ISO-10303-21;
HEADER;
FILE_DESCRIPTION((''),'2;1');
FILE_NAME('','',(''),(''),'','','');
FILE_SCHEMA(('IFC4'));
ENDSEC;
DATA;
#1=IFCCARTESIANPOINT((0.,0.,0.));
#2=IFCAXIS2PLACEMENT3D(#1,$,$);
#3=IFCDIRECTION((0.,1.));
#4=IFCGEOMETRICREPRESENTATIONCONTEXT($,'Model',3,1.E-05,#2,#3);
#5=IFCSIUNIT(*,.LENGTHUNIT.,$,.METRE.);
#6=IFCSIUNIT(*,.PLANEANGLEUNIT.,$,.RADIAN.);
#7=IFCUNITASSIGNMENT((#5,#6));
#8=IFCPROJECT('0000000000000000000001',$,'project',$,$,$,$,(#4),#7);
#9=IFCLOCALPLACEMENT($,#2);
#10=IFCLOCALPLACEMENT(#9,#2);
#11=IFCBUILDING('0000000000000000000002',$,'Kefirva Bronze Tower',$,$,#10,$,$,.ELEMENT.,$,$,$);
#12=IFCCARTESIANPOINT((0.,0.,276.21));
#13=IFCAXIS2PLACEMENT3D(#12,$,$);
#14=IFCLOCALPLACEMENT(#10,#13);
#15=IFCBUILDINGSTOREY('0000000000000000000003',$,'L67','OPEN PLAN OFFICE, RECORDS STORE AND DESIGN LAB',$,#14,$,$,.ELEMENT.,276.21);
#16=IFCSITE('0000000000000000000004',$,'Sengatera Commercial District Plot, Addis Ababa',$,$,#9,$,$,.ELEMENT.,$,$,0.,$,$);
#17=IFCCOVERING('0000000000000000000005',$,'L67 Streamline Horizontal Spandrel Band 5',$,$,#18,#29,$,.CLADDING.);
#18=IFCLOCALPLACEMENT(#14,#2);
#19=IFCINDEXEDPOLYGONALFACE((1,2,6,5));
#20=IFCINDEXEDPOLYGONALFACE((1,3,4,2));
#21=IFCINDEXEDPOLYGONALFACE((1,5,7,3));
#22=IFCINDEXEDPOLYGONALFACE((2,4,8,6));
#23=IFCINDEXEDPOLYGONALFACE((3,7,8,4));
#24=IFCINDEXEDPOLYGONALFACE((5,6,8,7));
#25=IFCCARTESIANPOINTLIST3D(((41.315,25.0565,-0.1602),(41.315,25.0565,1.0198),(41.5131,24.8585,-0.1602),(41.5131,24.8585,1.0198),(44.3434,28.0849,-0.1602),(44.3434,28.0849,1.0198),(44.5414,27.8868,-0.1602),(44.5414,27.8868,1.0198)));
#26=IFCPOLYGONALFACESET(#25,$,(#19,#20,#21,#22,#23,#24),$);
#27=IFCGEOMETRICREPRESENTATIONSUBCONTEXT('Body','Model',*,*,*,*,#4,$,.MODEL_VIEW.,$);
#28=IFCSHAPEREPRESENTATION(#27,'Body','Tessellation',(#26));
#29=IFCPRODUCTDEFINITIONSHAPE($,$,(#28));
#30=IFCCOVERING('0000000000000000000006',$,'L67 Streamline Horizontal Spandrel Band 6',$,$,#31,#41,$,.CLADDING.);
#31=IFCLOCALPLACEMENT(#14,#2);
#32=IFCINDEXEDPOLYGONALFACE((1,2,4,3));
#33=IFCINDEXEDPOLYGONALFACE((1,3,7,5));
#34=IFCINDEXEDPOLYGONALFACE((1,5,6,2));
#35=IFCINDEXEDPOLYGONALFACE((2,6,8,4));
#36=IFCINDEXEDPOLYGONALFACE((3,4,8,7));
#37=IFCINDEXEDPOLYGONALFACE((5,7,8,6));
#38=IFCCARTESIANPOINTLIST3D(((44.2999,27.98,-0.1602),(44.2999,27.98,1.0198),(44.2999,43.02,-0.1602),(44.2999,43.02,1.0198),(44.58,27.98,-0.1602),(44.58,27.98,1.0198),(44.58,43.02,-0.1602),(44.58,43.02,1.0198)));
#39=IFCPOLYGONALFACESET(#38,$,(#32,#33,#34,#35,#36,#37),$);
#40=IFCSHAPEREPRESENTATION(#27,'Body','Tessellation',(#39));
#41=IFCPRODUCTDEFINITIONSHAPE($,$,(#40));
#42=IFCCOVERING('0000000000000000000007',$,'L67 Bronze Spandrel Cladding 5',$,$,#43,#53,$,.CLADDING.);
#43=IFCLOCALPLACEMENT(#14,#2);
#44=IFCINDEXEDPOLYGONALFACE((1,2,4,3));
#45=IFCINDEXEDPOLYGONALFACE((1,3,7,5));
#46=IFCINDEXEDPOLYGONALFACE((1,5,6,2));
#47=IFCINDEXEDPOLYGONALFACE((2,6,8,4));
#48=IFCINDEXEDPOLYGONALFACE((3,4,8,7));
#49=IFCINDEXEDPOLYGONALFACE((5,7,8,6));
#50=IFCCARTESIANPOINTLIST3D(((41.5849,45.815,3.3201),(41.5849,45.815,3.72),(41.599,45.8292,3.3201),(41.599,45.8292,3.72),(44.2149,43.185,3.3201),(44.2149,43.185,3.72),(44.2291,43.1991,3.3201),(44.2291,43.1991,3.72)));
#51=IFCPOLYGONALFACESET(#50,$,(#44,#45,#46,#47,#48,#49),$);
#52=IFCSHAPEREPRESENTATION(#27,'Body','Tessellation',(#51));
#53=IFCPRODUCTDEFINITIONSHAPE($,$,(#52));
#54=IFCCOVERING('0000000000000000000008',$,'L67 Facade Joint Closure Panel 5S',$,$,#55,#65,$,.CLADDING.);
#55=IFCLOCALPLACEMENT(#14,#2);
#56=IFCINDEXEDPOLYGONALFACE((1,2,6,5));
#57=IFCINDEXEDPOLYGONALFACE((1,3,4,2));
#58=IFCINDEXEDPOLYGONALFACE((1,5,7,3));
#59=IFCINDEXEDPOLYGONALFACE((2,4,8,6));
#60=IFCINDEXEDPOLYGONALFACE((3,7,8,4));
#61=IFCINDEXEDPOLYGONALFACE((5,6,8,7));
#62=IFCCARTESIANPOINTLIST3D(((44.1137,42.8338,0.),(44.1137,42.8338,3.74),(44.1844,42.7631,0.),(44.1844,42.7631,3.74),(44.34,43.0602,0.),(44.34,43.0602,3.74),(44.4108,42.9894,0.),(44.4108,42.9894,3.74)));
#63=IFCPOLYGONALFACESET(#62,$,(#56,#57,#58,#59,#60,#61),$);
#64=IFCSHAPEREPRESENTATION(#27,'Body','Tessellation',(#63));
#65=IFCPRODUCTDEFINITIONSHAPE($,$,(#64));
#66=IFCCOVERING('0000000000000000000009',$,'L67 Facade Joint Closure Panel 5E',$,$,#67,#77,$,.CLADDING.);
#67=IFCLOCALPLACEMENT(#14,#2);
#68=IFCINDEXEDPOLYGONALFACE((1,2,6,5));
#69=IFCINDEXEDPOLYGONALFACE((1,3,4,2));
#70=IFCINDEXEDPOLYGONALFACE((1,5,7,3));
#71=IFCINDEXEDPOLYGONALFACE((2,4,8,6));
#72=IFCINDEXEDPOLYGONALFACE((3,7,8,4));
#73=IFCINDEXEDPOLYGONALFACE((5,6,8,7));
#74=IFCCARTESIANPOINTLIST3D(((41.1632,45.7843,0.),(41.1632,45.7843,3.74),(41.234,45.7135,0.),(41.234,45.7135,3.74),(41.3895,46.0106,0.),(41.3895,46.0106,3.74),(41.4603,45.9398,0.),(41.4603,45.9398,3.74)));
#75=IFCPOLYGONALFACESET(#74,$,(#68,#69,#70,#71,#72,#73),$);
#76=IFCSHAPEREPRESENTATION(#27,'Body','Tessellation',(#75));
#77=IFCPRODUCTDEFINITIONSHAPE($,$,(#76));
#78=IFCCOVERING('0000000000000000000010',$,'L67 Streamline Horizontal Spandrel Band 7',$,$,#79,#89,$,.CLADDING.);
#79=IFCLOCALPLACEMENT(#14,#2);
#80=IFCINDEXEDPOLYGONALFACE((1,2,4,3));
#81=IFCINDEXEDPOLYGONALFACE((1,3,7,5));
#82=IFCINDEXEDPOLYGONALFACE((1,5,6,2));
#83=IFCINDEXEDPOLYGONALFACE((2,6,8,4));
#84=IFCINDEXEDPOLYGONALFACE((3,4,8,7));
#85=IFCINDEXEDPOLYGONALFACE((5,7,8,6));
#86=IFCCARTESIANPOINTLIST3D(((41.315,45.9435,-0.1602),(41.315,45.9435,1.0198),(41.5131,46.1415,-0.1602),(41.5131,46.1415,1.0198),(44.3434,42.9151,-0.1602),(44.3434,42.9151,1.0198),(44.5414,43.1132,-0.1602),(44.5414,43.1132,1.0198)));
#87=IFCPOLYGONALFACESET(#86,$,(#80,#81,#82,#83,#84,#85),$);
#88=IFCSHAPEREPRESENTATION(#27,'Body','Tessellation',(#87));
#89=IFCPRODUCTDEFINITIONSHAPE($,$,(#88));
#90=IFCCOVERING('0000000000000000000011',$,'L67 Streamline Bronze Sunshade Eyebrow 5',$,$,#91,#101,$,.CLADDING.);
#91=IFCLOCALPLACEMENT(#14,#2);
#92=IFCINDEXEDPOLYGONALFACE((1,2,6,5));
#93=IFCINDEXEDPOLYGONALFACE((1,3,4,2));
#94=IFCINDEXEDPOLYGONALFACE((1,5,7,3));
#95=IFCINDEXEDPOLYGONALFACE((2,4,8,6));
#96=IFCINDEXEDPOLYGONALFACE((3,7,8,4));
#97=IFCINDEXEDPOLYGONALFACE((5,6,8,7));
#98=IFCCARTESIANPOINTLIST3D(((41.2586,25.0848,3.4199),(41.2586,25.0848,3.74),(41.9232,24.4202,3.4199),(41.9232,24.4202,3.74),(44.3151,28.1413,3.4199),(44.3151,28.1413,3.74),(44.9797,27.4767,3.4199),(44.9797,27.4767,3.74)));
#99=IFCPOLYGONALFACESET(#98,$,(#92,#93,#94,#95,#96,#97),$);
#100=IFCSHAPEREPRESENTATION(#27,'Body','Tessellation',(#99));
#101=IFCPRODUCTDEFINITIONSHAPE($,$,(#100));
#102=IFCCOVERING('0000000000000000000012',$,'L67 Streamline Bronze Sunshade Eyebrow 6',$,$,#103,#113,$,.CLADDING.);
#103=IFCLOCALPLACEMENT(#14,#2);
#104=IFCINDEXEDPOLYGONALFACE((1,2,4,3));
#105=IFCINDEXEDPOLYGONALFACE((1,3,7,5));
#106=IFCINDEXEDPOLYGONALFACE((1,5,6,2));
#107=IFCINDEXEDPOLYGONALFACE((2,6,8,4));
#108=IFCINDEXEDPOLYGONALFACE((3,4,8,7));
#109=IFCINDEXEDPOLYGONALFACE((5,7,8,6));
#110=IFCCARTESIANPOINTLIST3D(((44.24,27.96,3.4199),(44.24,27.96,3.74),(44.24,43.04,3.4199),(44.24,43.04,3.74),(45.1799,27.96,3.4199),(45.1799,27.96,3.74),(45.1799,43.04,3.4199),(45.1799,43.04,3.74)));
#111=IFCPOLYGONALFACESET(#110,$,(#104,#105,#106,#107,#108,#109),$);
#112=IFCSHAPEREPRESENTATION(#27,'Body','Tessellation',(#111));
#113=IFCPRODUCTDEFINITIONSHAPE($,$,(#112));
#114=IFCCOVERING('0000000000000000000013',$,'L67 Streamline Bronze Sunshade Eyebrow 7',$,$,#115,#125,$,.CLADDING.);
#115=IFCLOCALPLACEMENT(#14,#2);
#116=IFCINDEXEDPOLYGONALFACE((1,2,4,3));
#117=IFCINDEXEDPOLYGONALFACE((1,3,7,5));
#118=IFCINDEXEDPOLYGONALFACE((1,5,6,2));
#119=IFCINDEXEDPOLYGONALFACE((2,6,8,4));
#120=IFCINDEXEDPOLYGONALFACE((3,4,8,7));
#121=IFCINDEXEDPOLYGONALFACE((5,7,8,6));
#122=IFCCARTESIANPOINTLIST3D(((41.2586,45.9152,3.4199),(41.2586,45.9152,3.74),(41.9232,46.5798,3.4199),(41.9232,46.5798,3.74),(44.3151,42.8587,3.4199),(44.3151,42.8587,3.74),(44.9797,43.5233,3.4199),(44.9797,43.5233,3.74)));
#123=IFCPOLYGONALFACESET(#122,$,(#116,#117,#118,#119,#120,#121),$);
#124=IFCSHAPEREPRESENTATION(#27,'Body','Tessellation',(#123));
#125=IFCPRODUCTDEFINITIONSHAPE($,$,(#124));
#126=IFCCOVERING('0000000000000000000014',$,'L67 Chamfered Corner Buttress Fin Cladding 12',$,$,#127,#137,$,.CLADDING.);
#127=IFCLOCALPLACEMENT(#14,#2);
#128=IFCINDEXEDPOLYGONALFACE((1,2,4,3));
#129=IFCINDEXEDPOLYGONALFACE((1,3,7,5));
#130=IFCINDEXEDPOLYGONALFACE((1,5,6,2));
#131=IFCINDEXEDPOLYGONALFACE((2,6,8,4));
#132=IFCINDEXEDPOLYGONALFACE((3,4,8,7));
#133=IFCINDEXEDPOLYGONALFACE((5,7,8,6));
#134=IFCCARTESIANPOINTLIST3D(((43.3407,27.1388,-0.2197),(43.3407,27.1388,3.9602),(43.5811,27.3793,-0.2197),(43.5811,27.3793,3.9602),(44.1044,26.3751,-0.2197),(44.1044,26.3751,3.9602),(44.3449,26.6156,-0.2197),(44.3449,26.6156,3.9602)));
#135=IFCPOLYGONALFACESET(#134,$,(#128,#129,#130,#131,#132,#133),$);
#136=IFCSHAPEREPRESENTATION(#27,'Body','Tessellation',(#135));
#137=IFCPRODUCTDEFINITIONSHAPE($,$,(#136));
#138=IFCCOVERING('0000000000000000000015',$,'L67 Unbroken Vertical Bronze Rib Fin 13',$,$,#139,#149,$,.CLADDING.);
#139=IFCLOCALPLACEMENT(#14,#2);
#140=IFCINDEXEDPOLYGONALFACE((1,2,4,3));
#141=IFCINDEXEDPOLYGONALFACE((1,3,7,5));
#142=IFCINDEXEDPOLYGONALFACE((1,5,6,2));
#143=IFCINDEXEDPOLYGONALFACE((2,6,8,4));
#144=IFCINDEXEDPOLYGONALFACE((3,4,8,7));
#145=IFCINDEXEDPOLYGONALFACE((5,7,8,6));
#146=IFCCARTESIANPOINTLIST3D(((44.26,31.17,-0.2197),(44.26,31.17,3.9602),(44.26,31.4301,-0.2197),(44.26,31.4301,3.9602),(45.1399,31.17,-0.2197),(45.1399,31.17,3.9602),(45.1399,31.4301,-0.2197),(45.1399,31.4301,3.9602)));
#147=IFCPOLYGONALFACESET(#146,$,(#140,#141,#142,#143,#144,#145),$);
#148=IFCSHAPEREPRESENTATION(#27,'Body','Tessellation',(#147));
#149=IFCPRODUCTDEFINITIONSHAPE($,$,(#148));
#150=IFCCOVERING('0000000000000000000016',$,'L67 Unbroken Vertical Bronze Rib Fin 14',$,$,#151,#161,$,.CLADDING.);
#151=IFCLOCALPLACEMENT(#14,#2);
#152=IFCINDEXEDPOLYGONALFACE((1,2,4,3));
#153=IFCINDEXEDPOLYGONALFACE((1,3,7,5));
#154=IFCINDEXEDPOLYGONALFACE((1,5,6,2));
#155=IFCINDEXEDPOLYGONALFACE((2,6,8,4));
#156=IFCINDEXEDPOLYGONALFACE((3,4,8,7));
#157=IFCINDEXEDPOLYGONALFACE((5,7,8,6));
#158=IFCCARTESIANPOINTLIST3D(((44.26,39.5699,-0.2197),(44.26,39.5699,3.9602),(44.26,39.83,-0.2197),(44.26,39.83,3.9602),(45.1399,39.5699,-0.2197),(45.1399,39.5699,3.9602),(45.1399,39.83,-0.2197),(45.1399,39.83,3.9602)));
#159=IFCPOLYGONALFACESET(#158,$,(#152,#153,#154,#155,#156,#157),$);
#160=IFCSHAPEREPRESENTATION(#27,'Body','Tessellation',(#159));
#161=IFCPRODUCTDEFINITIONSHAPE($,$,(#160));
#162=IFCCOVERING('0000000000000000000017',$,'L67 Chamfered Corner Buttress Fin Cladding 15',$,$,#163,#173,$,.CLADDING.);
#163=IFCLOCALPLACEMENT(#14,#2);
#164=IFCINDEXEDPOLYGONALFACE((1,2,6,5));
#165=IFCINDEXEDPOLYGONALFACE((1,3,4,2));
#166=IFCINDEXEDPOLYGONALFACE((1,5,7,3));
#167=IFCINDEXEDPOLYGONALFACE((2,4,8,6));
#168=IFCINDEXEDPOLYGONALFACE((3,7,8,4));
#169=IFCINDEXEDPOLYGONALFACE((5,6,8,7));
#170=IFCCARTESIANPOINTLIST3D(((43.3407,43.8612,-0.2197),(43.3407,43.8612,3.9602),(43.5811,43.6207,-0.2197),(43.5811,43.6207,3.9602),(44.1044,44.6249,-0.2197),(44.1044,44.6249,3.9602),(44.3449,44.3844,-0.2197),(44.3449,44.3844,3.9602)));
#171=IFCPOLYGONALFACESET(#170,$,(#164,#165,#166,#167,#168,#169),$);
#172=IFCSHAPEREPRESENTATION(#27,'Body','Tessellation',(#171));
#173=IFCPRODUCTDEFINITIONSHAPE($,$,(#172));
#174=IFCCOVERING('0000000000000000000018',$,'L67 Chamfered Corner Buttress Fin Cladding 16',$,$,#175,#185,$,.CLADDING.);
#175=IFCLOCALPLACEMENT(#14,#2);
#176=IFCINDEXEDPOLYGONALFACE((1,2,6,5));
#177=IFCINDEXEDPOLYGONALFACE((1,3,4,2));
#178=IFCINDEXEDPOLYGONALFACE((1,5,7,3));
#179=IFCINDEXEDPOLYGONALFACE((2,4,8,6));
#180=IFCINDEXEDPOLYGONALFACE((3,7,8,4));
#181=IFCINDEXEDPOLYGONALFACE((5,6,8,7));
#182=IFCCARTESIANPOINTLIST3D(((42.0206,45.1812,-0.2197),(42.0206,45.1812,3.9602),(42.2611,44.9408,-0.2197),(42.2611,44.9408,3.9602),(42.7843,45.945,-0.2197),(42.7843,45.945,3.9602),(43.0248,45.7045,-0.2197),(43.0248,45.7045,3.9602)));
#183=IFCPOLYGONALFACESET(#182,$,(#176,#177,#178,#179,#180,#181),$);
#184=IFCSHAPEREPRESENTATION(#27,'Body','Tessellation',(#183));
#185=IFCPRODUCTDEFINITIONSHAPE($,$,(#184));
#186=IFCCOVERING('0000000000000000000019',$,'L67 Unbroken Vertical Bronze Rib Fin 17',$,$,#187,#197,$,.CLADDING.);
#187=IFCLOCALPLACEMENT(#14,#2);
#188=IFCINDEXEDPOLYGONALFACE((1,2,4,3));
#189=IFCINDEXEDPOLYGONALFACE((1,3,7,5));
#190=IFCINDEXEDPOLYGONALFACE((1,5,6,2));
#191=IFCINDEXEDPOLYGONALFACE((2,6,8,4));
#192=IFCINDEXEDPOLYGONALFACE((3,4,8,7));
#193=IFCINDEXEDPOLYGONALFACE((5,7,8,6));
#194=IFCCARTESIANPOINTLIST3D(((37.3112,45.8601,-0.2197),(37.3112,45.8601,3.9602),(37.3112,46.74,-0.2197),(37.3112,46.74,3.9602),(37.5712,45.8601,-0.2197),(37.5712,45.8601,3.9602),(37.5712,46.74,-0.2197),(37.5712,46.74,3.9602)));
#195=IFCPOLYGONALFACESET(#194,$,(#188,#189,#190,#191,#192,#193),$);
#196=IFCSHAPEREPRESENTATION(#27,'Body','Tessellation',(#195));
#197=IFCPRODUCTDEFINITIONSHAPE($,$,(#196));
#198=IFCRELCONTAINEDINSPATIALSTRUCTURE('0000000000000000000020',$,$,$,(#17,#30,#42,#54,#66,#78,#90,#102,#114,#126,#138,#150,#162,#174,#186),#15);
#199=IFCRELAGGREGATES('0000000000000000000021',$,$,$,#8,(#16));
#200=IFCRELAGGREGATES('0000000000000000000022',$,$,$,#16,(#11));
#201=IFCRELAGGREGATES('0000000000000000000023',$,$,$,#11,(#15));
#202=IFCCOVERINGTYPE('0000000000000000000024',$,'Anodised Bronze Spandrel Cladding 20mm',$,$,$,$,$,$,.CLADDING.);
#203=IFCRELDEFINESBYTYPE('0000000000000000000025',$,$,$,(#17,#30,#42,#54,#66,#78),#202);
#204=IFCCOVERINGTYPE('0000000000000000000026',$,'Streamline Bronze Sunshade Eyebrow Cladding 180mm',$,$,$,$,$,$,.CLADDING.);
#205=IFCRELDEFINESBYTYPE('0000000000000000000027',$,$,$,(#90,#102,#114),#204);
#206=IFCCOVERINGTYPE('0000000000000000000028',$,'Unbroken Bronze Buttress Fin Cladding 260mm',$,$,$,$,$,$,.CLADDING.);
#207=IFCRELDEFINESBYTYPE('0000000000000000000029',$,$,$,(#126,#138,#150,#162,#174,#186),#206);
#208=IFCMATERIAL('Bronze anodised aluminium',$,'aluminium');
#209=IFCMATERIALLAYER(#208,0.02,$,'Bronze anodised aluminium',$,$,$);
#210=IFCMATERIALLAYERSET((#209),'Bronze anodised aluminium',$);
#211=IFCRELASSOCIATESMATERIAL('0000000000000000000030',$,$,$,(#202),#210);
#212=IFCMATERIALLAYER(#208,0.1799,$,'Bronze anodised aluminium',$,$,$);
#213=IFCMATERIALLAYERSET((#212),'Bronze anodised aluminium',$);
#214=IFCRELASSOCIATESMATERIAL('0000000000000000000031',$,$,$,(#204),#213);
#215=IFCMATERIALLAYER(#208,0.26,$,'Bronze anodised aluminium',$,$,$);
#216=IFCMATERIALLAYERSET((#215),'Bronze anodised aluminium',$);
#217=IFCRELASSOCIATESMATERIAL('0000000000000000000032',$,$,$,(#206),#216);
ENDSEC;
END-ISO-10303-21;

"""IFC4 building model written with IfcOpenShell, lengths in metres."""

from ifc_helpers import new_model, si_unit, direction, frame, origin, origin_2d, place, context, subcontext, project, spatial, rectangle, extrude, material, layer, layer_set, type_object, element, save


model = new_model("IFC4")

# Units and contexts
model_context = context("Model", 3, precision=1e-05, world=origin(), true_north=direction((0.0, 1.0)))
body_context = subcontext(model_context, "Body", "Model", "MODEL_VIEW")
ifc_project = project(units=[si_unit("LENGTHUNIT", "METRE"), si_unit("PLANEANGLEUNIT", "RADIAN")], contexts=[model_context])

# Site, building, storey
site_placement = place(None, origin())
site = spatial("IfcSite", under=ifc_project, at=site_placement, Name="Sengatera Commercial District Plot, Addis Ababa", CompositionType="ELEMENT", RefElevation=0.0)
building_placement = place(site_placement, origin())
building = spatial("IfcBuilding", under=site, at=building_placement, Name="Kefirva Bronze Tower", CompositionType="ELEMENT")
storey_placement = place(building_placement, frame((0.0, 0.0, 276.21)))
storey = spatial("IfcBuildingStorey", under=building, at=storey_placement, Name="L67", Description="OPEN PLAN OFFICE, RECORDS STORE AND DESIGN LAB", CompositionType="ELEMENT", Elevation=276.21)

# Shared definitions
ifc_material_1 = material(Name="Bronze anodised aluminium", Category="aluminium")

# Coverings
ifc_layer_1 = layer(ifc_material_1, 0.02, Name="Bronze anodised aluminium")
ifc_layer_set_1 = layer_set([ifc_layer_1], Name="Bronze anodised aluminium")
covering_type_1 = type_object("IfcCoveringType", Name="Anodised Bronze Spandrel Cladding 20mm", PredefinedType="CLADDING", material=ifc_layer_set_1)
covering_1_placement = place(storey_placement, frame((42.9282, 26.4717, -0.1602), z_axis=(0.0, 0.0, 1.0), x_axis=(0.707107, 0.707107, 0.0)))
element("IfcCovering", 1, at=covering_1_placement, inside=storey, type_object=covering_type_1, Name="L67 Streamline Horizontal Spandrel Band 5", PredefinedType="CLADDING", context=body_context, shape_type="SweptSolid", body=[
    extrude(rectangle(XDim=4.2827, YDim=0.28, at=origin_2d()), origin(), (0.0, 0.0, 1.0), 1.1799),
])
covering_2_placement = place(storey_placement, frame((44.4399, 35.5, -0.1602), z_axis=(0.0, 0.0, 1.0), x_axis=(0.0, 1.0, 0.0)))
element("IfcCovering", 2, at=covering_2_placement, inside=storey, type_object=covering_type_1, Name="L67 Streamline Horizontal Spandrel Band 6", PredefinedType="CLADDING", context=body_context, shape_type="SweptSolid", body=[
    extrude(rectangle(XDim=15.04, YDim=0.28, at=origin_2d()), origin(), (0.0, 0.0, 1.0), 1.1799),
])
covering_3_placement = place(storey_placement, frame((42.907, 44.5071, 3.3201), z_axis=(0.0, 0.0, 1.0), x_axis=(-0.707107, 0.707107, 0.0)))
element("IfcCovering", 3, at=covering_3_placement, inside=storey, type_object=covering_type_1, Name="L67 Bronze Spandrel Cladding 5", PredefinedType="CLADDING", context=body_context, shape_type="SweptSolid", body=[
    extrude(rectangle(XDim=3.7195, YDim=0.02, at=origin_2d()), origin(), (0.0, 0.0, 1.0), 0.3999),
])
for number, where, z_axis, x_axis, name in (
    (4, (44.2622, 42.9116, 0.0), (0.0, 0.0, 1.0), (-0.707107, 0.707107, 0.0), "L67 Facade Joint Closure Panel 5S"),
    (5, (41.3118, 45.8621, 0.0), (0.0, 0.0, 1.0), (-0.707107, 0.707107, 0.0), "L67 Facade Joint Closure Panel 5E"),
):
    element("IfcCovering", number, at=place(storey_placement, frame(where, z_axis=z_axis, x_axis=x_axis)), inside=storey, type_object=covering_type_1, Name=name, PredefinedType="CLADDING", context=body_context, shape_type="SweptSolid", body=[
        extrude(rectangle(XDim=0.1001, YDim=0.3201, at=origin_2d()), origin(), (0.0, 0.0, 1.0), 3.74),
    ])
covering_4_placement = place(storey_placement, frame((42.9282, 44.5283, -0.1602), z_axis=(0.0, 0.0, 1.0), x_axis=(-0.707107, 0.707107, 0.0)))
element("IfcCovering", 6, at=covering_4_placement, inside=storey, type_object=covering_type_1, Name="L67 Streamline Horizontal Spandrel Band 7", PredefinedType="CLADDING", context=body_context, shape_type="SweptSolid", body=[
    extrude(rectangle(XDim=4.2827, YDim=0.28, at=origin_2d()), origin(), (0.0, 0.0, 1.0), 1.1799),
])
ifc_layer_2 = layer(ifc_material_1, 0.1799, Name="Bronze anodised aluminium")
ifc_layer_set_2 = layer_set([ifc_layer_2], Name="Bronze anodised aluminium")
covering_type_2 = type_object("IfcCoveringType", Name="Streamline Bronze Sunshade Eyebrow Cladding 180mm", PredefinedType="CLADDING", material=ifc_layer_set_2)
covering_5_placement = place(storey_placement, frame((43.1191, 26.2808, 3.4199), z_axis=(0.0, 0.0, 1.0), x_axis=(0.707107, 0.707107, 0.0)))
element("IfcCovering", 7, at=covering_5_placement, inside=storey, type_object=covering_type_2, Name="L67 Streamline Bronze Sunshade Eyebrow 5", PredefinedType="CLADDING", context=body_context, shape_type="SweptSolid", body=[
    extrude(rectangle(XDim=4.3225, YDim=0.9399, at=origin_2d()), origin(), (0.0, 0.0, 1.0), 0.3201),
])
covering_6_placement = place(storey_placement, frame((44.71, 35.5, 3.4199), z_axis=(0.0, 0.0, 1.0), x_axis=(0.0, 1.0, 0.0)))
element("IfcCovering", 8, at=covering_6_placement, inside=storey, type_object=covering_type_2, Name="L67 Streamline Bronze Sunshade Eyebrow 6", PredefinedType="CLADDING", context=body_context, shape_type="SweptSolid", body=[
    extrude(rectangle(XDim=15.0801, YDim=0.9399, at=origin_2d()), origin(), (0.0, 0.0, 1.0), 0.3201),
])
covering_7_placement = place(storey_placement, frame((43.1191, 44.7192, 3.4199), z_axis=(0.0, 0.0, 1.0), x_axis=(-0.707107, 0.707107, 0.0)))
element("IfcCovering", 9, at=covering_7_placement, inside=storey, type_object=covering_type_2, Name="L67 Streamline Bronze Sunshade Eyebrow 7", PredefinedType="CLADDING", context=body_context, shape_type="SweptSolid", body=[
    extrude(rectangle(XDim=4.3225, YDim=0.9399, at=origin_2d()), origin(), (0.0, 0.0, 1.0), 0.3201),
])
ifc_layer_3 = layer(ifc_material_1, 0.26, Name="Bronze anodised aluminium")
ifc_layer_set_3 = layer_set([ifc_layer_3], Name="Bronze anodised aluminium")
covering_type_3 = type_object("IfcCoveringType", Name="Unbroken Bronze Buttress Fin Cladding 260mm", PredefinedType="CLADDING", material=ifc_layer_set_3)
covering_8_placement = place(storey_placement, frame((43.8428, 26.8772, -0.2197), z_axis=(0.0, 0.0, 1.0), x_axis=(0.707107, 0.707107, 0.0)))
element("IfcCovering", 10, at=covering_8_placement, inside=storey, type_object=covering_type_3, Name="L67 Chamfered Corner Buttress Fin Cladding 12", PredefinedType="CLADDING", context=body_context, shape_type="SweptSolid", body=[
    extrude(rectangle(XDim=0.3401, YDim=1.0801, at=origin_2d()), origin(), (0.0, 0.0, 1.0), 4.1799),
])
for number, where, z_axis, x_axis, name in (
    (11, (44.7, 31.3, -0.2197), (0.0, 0.0, 1.0), (0.0, 1.0, 0.0), "L67 Unbroken Vertical Bronze Rib Fin 13"),
    (12, (44.7, 39.7, -0.2197), (0.0, 0.0, 1.0), (0.0, 1.0, 0.0), "L67 Unbroken Vertical Bronze Rib Fin 14"),
):
    element("IfcCovering", number, at=place(storey_placement, frame(where, z_axis=z_axis, x_axis=x_axis)), inside=storey, type_object=covering_type_3, Name=name, PredefinedType="CLADDING", context=body_context, shape_type="SweptSolid", body=[
        extrude(rectangle(XDim=0.26, YDim=0.8799, at=origin_2d()), origin(), (0.0, 0.0, 1.0), 4.1799),
    ])
for number, where, z_axis, x_axis, name in (
    (13, (43.8428, 44.1228, -0.2197), (0.0, 0.0, 1.0), (-0.707107, 0.707107, 0.0), "L67 Chamfered Corner Buttress Fin Cladding 15"),
    (14, (42.5227, 45.4429, -0.2197), (0.0, 0.0, 1.0), (-0.707107, 0.707107, 0.0), "L67 Chamfered Corner Buttress Fin Cladding 16"),
):
    element("IfcCovering", number, at=place(storey_placement, frame(where, z_axis=z_axis, x_axis=x_axis)), inside=storey, type_object=covering_type_3, Name=name, PredefinedType="CLADDING", context=body_context, shape_type="SweptSolid", body=[
        extrude(rectangle(XDim=0.3401, YDim=1.0801, at=origin_2d()), origin(), (0.0, 0.0, 1.0), 4.1799),
    ])
covering_9_placement = place(storey_placement, frame((37.4412, 46.3, -0.2197), z_axis=(0.0, 0.0, 1.0), x_axis=(-1.0, 0.0, 0.0)))
element("IfcCovering", 15, at=covering_9_placement, inside=storey, type_object=covering_type_3, Name="L67 Unbroken Vertical Bronze Rib Fin 17", PredefinedType="CLADDING", context=body_context, shape_type="SweptSolid", body=[
    extrude(rectangle(XDim=0.26, YDim=0.8799, at=origin_2d()), origin(), (0.0, 0.0, 1.0), 4.1799),
])

save(model, "model.ifc")
